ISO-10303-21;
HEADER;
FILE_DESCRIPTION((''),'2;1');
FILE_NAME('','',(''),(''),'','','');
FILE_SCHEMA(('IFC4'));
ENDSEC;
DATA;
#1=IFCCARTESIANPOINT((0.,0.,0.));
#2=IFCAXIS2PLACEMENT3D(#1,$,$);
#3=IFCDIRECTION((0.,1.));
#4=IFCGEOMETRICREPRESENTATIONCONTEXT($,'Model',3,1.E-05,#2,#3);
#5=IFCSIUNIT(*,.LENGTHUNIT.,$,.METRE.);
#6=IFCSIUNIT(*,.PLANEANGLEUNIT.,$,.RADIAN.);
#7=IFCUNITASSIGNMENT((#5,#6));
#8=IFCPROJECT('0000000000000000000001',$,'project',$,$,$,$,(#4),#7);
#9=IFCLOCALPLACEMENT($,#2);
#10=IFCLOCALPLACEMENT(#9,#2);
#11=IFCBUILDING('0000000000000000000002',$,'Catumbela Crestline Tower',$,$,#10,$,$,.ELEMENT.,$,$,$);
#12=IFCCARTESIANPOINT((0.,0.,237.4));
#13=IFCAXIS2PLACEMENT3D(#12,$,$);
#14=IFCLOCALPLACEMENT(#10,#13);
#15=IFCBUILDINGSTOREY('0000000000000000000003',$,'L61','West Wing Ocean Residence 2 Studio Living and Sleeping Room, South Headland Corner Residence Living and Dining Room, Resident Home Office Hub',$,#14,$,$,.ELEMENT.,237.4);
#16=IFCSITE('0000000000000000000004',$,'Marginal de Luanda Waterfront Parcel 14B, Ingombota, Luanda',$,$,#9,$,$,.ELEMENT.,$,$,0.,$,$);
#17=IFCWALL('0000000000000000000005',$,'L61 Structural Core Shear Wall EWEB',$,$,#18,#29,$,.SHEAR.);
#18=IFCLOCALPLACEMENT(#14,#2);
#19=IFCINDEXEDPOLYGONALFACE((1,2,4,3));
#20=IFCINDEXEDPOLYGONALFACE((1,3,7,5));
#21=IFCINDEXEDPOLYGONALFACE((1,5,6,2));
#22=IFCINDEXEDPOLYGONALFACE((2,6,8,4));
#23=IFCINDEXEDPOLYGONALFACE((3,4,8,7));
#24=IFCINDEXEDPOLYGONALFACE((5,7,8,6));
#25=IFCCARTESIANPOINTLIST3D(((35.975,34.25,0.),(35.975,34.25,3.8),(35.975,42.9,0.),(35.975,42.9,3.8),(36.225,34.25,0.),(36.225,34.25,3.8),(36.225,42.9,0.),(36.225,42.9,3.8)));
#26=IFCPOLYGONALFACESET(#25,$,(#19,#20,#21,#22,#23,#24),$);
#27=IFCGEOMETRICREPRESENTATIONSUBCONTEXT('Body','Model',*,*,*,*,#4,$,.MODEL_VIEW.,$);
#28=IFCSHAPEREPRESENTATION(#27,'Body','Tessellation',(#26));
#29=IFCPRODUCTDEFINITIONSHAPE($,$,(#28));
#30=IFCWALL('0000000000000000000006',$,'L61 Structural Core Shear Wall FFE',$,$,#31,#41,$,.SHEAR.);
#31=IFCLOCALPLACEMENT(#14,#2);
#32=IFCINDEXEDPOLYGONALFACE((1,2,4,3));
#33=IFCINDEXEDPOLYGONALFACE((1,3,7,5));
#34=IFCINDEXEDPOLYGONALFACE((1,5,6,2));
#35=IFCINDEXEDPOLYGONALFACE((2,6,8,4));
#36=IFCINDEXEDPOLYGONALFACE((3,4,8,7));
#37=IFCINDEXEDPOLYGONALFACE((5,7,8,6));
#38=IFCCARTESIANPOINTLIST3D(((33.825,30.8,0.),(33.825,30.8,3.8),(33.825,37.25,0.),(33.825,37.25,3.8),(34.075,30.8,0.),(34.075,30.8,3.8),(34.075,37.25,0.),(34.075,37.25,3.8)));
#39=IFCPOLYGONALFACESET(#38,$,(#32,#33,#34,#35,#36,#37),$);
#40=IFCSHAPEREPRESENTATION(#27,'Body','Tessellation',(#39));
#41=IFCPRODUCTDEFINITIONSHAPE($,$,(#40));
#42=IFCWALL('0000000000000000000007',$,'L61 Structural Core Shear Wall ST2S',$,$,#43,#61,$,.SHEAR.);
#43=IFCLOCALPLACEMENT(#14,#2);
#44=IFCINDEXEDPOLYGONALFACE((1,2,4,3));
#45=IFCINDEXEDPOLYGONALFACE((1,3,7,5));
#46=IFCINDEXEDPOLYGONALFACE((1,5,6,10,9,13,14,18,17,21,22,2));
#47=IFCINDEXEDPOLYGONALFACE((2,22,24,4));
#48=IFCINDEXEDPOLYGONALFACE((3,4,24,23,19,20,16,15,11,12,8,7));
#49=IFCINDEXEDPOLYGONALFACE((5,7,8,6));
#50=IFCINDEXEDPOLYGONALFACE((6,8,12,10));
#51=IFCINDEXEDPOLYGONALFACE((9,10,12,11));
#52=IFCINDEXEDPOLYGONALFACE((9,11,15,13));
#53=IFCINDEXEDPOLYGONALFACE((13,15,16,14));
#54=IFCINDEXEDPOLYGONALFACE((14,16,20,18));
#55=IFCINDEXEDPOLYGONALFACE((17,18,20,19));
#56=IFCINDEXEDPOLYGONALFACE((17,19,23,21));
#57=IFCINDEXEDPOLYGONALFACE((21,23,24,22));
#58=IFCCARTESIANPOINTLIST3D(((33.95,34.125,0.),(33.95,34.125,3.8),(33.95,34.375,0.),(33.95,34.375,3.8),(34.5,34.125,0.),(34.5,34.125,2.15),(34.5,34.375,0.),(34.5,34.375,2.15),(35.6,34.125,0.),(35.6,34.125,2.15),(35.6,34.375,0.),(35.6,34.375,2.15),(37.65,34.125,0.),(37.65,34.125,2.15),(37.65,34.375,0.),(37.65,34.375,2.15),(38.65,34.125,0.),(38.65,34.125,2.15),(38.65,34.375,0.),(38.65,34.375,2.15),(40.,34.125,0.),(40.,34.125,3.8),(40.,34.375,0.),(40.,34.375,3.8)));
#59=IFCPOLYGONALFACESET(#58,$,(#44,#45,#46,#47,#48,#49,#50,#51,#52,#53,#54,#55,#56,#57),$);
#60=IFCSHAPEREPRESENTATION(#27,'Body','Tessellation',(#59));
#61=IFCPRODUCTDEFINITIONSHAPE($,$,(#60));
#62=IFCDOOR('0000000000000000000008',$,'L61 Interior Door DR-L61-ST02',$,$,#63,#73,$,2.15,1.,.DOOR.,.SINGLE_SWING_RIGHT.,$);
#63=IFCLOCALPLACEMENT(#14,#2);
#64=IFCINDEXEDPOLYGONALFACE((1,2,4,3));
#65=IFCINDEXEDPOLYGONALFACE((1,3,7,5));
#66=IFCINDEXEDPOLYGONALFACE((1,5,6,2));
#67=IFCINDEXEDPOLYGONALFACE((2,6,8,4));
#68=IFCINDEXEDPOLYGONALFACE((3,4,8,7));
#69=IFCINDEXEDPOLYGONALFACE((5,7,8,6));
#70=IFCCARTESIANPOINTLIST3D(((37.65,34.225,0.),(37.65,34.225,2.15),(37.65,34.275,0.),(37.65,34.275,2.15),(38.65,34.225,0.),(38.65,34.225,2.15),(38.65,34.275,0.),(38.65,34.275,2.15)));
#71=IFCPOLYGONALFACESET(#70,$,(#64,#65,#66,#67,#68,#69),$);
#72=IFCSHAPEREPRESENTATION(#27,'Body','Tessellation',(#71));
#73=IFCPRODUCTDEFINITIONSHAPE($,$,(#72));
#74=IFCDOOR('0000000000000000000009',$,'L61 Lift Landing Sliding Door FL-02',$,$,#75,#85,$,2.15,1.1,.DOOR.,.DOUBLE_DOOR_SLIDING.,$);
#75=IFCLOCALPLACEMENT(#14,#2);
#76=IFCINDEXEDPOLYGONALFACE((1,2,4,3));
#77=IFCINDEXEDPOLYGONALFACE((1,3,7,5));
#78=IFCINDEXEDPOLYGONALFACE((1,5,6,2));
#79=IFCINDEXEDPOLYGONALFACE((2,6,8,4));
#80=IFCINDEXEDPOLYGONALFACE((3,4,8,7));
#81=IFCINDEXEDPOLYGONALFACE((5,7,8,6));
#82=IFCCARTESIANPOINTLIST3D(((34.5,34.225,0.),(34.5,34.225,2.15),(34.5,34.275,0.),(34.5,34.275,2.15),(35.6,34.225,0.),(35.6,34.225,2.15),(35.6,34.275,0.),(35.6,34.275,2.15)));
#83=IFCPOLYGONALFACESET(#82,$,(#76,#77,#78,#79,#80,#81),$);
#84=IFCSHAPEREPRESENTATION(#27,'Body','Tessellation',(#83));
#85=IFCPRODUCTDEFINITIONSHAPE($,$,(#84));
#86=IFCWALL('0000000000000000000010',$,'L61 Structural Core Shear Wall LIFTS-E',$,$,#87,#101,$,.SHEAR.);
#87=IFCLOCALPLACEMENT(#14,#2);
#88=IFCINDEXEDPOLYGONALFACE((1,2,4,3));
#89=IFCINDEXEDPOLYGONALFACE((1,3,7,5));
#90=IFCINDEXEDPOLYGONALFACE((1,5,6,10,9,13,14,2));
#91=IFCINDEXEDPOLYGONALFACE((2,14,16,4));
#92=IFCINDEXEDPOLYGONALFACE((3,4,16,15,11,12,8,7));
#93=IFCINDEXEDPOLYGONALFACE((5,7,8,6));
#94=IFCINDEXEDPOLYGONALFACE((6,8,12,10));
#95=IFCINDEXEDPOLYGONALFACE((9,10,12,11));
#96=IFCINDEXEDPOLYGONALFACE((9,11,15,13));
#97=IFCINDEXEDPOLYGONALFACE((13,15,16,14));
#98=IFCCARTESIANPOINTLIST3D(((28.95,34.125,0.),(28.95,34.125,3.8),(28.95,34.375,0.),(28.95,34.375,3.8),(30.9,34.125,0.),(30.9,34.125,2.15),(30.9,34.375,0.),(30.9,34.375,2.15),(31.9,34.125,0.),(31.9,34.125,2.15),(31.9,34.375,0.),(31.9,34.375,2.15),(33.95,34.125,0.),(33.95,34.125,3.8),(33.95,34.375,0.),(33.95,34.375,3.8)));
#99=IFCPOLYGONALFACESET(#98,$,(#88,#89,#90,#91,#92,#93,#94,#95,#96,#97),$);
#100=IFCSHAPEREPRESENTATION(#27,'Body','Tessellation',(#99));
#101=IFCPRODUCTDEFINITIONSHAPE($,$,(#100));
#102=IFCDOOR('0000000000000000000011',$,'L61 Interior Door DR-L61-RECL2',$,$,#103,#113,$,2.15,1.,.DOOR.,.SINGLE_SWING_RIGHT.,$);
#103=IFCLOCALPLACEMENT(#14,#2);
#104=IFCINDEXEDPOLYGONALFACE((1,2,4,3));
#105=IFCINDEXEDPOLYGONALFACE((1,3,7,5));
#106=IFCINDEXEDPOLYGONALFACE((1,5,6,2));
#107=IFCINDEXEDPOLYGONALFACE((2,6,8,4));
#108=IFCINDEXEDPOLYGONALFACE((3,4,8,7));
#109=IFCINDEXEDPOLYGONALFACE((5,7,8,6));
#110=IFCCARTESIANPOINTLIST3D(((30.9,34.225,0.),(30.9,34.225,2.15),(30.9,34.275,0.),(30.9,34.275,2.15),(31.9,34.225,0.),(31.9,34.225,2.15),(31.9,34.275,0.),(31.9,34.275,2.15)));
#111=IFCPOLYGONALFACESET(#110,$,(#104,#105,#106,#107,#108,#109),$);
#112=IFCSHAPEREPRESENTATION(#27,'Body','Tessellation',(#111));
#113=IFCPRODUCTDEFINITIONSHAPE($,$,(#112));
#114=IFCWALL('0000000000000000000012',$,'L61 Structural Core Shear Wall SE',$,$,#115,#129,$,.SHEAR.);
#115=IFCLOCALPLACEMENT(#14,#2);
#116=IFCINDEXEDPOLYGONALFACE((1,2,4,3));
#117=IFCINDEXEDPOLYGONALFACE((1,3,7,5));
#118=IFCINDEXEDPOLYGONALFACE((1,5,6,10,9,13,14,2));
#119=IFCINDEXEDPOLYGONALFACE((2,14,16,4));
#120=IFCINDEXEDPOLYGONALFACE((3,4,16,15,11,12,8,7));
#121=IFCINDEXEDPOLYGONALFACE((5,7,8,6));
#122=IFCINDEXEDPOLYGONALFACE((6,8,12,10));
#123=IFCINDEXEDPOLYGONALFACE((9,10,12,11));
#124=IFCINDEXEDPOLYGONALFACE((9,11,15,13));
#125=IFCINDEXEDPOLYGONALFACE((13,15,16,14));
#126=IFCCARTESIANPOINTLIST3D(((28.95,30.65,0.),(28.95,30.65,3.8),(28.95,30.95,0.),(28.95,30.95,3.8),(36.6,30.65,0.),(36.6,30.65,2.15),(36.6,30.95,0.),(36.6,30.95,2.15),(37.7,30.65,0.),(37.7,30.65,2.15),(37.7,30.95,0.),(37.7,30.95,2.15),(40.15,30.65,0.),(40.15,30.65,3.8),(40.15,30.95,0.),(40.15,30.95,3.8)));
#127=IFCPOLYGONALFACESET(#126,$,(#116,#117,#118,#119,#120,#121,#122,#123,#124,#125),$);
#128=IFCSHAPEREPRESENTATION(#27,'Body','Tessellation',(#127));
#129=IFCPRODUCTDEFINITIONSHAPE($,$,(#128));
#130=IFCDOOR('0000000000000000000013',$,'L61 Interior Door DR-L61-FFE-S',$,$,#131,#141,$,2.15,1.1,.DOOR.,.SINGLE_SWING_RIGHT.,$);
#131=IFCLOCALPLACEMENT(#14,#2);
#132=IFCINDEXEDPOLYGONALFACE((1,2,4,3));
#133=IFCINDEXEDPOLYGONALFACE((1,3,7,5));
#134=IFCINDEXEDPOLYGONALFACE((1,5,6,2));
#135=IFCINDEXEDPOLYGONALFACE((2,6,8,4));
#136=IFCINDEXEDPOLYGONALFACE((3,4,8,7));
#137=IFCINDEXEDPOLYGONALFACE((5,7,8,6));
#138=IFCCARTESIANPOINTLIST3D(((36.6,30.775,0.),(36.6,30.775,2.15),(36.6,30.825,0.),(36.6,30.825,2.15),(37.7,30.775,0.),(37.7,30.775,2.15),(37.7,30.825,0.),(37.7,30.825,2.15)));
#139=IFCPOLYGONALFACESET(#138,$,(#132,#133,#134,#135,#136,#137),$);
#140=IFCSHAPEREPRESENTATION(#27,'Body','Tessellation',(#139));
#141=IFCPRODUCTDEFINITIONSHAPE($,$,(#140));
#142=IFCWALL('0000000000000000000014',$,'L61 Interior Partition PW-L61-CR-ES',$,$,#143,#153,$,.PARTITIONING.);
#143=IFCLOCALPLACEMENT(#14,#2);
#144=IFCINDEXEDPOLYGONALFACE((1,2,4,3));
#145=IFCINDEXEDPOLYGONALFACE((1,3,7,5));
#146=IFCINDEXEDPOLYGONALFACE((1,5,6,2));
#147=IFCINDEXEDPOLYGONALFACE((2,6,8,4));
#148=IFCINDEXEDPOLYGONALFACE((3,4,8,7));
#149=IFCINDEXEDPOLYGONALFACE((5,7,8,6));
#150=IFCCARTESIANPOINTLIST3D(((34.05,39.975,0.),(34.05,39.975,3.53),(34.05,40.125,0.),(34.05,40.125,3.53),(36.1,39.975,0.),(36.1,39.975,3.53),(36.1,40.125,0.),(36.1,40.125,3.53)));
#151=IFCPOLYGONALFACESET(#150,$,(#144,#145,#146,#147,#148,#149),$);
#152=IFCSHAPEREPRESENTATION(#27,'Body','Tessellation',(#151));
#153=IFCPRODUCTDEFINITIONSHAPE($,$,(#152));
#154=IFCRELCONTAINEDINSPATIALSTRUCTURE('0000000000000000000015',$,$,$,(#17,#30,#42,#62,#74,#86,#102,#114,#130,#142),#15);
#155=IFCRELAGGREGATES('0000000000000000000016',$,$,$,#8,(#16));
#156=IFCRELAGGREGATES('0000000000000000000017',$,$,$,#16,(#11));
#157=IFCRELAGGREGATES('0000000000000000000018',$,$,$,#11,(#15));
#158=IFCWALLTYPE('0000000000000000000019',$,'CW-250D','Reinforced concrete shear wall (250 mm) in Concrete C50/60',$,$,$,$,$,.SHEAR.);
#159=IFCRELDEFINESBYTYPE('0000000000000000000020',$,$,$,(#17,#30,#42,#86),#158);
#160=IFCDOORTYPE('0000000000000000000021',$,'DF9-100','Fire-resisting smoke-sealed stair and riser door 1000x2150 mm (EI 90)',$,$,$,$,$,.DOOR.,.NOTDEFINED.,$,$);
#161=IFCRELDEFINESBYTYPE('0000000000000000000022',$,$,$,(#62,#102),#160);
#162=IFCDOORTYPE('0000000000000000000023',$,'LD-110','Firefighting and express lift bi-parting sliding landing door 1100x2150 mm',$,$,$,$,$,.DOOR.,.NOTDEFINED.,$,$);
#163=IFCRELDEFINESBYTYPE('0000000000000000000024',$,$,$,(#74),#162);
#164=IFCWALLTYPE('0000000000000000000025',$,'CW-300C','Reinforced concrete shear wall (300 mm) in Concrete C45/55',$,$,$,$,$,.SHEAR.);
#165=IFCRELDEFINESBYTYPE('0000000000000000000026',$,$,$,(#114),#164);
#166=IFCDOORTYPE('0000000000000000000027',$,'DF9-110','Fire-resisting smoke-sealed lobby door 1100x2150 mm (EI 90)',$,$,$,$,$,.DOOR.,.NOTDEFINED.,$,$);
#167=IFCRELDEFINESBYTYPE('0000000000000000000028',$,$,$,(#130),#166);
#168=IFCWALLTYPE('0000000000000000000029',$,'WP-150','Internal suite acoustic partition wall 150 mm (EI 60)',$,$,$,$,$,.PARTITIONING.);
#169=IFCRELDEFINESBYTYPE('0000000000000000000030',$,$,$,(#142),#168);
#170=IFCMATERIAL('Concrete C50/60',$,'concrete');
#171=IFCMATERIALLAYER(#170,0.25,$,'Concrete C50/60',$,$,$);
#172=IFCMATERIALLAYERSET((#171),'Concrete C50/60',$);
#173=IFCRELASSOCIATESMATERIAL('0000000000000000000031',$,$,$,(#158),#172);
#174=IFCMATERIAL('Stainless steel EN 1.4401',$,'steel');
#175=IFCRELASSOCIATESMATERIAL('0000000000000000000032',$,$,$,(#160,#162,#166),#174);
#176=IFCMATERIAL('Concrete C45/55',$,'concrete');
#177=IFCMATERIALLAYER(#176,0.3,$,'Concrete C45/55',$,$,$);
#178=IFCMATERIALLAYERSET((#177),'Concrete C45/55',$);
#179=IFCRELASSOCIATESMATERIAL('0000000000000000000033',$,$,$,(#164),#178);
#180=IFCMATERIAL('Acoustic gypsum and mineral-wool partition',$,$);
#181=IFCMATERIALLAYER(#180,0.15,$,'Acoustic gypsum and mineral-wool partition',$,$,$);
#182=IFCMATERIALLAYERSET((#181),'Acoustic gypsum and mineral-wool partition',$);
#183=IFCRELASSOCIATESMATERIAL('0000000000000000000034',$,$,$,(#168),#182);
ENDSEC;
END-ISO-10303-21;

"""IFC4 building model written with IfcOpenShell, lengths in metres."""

from ifc_helpers import new_model, si_unit, direction, frame, frame_2d, origin, place, context, subcontext, project, spatial, rectangle, extrude, material, layer, layer_set, type_object, element, fill, save


model = new_model("IFC4")

# Units and contexts
model_context = context("Model", 3, precision=1e-05, world=origin(), true_north=direction((0.0, 1.0)))
body_context = subcontext(model_context, "Body", "Model", "MODEL_VIEW")
ifc_project = project(units=[si_unit("LENGTHUNIT", "METRE"), si_unit("PLANEANGLEUNIT", "RADIAN")], contexts=[model_context])

# Site, building, storey
site_placement = place(None, origin())
site = spatial("IfcSite", under=ifc_project, at=site_placement, Name="Marginal de Luanda Waterfront Parcel 14B, Ingombota, Luanda", CompositionType="ELEMENT", RefElevation=0.0)
building_placement = place(site_placement, origin())
building = spatial("IfcBuilding", under=site, at=building_placement, Name="Catumbela Crestline Tower", CompositionType="ELEMENT")
storey_placement = place(building_placement, frame((0.0, 0.0, 237.4)))
storey = spatial("IfcBuildingStorey", under=building, at=storey_placement, Name="L61", Description="West Wing Ocean Residence 2 Studio Living and Sleeping Room, South Headland Corner Residence Living and Dining Room, Resident Home Office Hub", CompositionType="ELEMENT", Elevation=237.4)

# Walls
ifc_material_1 = material(Name="Concrete C50/60", Category="concrete")
ifc_layer_1 = layer(ifc_material_1, 0.25, Name="Concrete C50/60")
ifc_layer_set_1 = layer_set([ifc_layer_1], Name="Concrete C50/60")
wall_type_1 = type_object("IfcWallType", Name="CW-250D", Description="Reinforced concrete shear wall (250 mm) in Concrete C50/60", PredefinedType="SHEAR", material=ifc_layer_set_1)
wall_1_placement = place(storey_placement, frame((36.1, 34.25, 0.0), z_axis=(0.0, 0.0, 1.0), x_axis=(0.0, 1.0, 0.0)))
element("IfcWall", 1, at=wall_1_placement, inside=storey, type_object=wall_type_1, Name="L61 Structural Core Shear Wall EWEB", PredefinedType="SHEAR", context=body_context, shape_type="SweptSolid", body=[
    extrude(rectangle(XDim=8.65, YDim=0.25, at=frame_2d((4.325, 0.0))), origin(), (0.0, 0.0, 1.0), 3.8),
])
wall_2_placement = place(storey_placement, frame((33.95, 30.8, 0.0), z_axis=(0.0, 0.0, 1.0), x_axis=(0.0, 1.0, 0.0)))
element("IfcWall", 2, at=wall_2_placement, inside=storey, type_object=wall_type_1, Name="L61 Structural Core Shear Wall FFE", PredefinedType="SHEAR", context=body_context, shape_type="SweptSolid", body=[
    extrude(rectangle(XDim=6.45, YDim=0.25, at=frame_2d((3.225, 0.0))), origin(), (0.0, 0.0, 1.0), 3.8),
])

# Wall, openings, doors
wall_3_placement = place(storey_placement, frame((33.95, 34.25, 0.0), z_axis=(0.0, 0.0, 1.0), x_axis=(1.0, 0.0, 0.0)))
wall_3 = element("IfcWall", 3, at=wall_3_placement, inside=storey, type_object=wall_type_1, Name="L61 Structural Core Shear Wall ST2S", PredefinedType="SHEAR", context=body_context, shape_type="SweptSolid", body=[
    extrude(rectangle(XDim=6.05, YDim=0.25, at=frame_2d((3.025, 0.0))), origin(), (0.0, 0.0, 1.0), 3.8),
])
opening_1_placement = place(wall_3_placement, frame((3.7, 0.0, 0.0)))
opening_1 = element("IfcOpeningElement", 4, at=opening_1_placement, cuts=wall_3, PredefinedType="OPENING", context=body_context, shape_type="SweptSolid", body=[
    extrude(rectangle(XDim=1.0, YDim=2.15, at=frame_2d((0.5, 1.075))), frame((0.0, 0.135, 0.0), z_axis=(0.0, -1.0, 0.0), x_axis=(1.0, 0.0, 0.0)), (0.0, 0.0, 1.0), 0.27),
])
opening_2_placement = place(wall_3_placement, frame((0.55, 0.0, 0.0)))
opening_2 = element("IfcOpeningElement", 5, at=opening_2_placement, cuts=wall_3, PredefinedType="OPENING", context=body_context, shape_type="SweptSolid", body=[
    extrude(rectangle(XDim=1.1, YDim=2.15, at=frame_2d((0.55, 1.075))), frame((0.0, 0.135, 0.0), z_axis=(0.0, -1.0, 0.0), x_axis=(1.0, 0.0, 0.0)), (0.0, 0.0, 1.0), 0.27),
])
ifc_material_2 = material(Name="Stainless steel EN 1.4401", Category="steel")
door_type_1 = type_object("IfcDoorType", Name="DF9-100", Description="Fire-resisting smoke-sealed stair and riser door 1000x2150 mm (EI 90)", OperationType="NOTDEFINED", PredefinedType="DOOR", material=ifc_material_2)
door_1_placement = place(opening_1_placement, origin())
door_1 = element("IfcDoor", 6, at=door_1_placement, inside=storey, type_object=door_type_1, Name="L61 Interior Door DR-L61-ST02", OperationType="SINGLE_SWING_RIGHT", OverallHeight=2.15, OverallWidth=1.0, PredefinedType="DOOR", context=body_context, shape_type="SweptSolid", body=[
    extrude(rectangle(XDim=1.0, YDim=2.15, at=frame_2d((0.5, 1.075))), frame((0.0, 0.025, 0.0), z_axis=(0.0, -1.0, 0.0), x_axis=(1.0, 0.0, 0.0)), (0.0, 0.0, 1.0), 0.05),
])
fill(opening_1, door_1)
door_type_2 = type_object("IfcDoorType", Name="LD-110", Description="Firefighting and express lift bi-parting sliding landing door 1100x2150 mm", OperationType="NOTDEFINED", PredefinedType="DOOR", material=ifc_material_2)
door_2_placement = place(opening_2_placement, origin())
door_2 = element("IfcDoor", 7, at=door_2_placement, inside=storey, type_object=door_type_2, Name="L61 Lift Landing Sliding Door FL-02", OperationType="DOUBLE_DOOR_SLIDING", OverallHeight=2.15, OverallWidth=1.1, PredefinedType="DOOR", context=body_context, shape_type="SweptSolid", body=[
    extrude(rectangle(XDim=1.1, YDim=2.15, at=frame_2d((0.55, 1.075))), frame((0.0, 0.025, 0.0), z_axis=(0.0, -1.0, 0.0), x_axis=(1.0, 0.0, 0.0)), (0.0, 0.0, 1.0), 0.05),
])
fill(opening_2, door_2)

# Walls, openings, doors
wall_4_placement = place(storey_placement, frame((28.95, 34.25, 0.0), z_axis=(0.0, 0.0, 1.0), x_axis=(1.0, 0.0, 0.0)))
wall_4 = element("IfcWall", 8, at=wall_4_placement, inside=storey, type_object=wall_type_1, Name="L61 Structural Core Shear Wall LIFTS-E", PredefinedType="SHEAR", context=body_context, shape_type="SweptSolid", body=[
    extrude(rectangle(XDim=5.0, YDim=0.25, at=frame_2d((2.5, 0.0))), origin(), (0.0, 0.0, 1.0), 3.8),
])
opening_3_placement = place(wall_4_placement, frame((1.95, 0.0, 0.0)))
opening_3 = element("IfcOpeningElement", 9, at=opening_3_placement, cuts=wall_4, PredefinedType="OPENING", context=body_context, shape_type="SweptSolid", body=[
    extrude(rectangle(XDim=1.0, YDim=2.15, at=frame_2d((0.5, 1.075))), frame((0.0, 0.135, 0.0), z_axis=(0.0, -1.0, 0.0), x_axis=(1.0, 0.0, 0.0)), (0.0, 0.0, 1.0), 0.27),
])
door_3_placement = place(opening_3_placement, origin())
door_3 = element("IfcDoor", 10, at=door_3_placement, inside=storey, type_object=door_type_1, Name="L61 Interior Door DR-L61-RECL2", OperationType="SINGLE_SWING_RIGHT", OverallHeight=2.15, OverallWidth=1.0, PredefinedType="DOOR", context=body_context, shape_type="SweptSolid", body=[
    extrude(rectangle(XDim=1.0, YDim=2.15, at=frame_2d((0.5, 1.075))), frame((0.0, 0.025, 0.0), z_axis=(0.0, -1.0, 0.0), x_axis=(1.0, 0.0, 0.0)), (0.0, 0.0, 1.0), 0.05),
])
fill(opening_3, door_3)
ifc_material_3 = material(Name="Concrete C45/55", Category="concrete")
ifc_layer_2 = layer(ifc_material_3, 0.3, Name="Concrete C45/55")
ifc_layer_set_2 = layer_set([ifc_layer_2], Name="Concrete C45/55")
wall_type_2 = type_object("IfcWallType", Name="CW-300C", Description="Reinforced concrete shear wall (300 mm) in Concrete C45/55", PredefinedType="SHEAR", material=ifc_layer_set_2)
wall_5_placement = place(storey_placement, frame((28.95, 30.8, 0.0), z_axis=(0.0, 0.0, 1.0), x_axis=(1.0, 0.0, 0.0)))
wall_5 = element("IfcWall", 11, at=wall_5_placement, inside=storey, type_object=wall_type_2, Name="L61 Structural Core Shear Wall SE", PredefinedType="SHEAR", context=body_context, shape_type="SweptSolid", body=[
    extrude(rectangle(XDim=11.2, YDim=0.3, at=frame_2d((5.6, 0.0))), origin(), (0.0, 0.0, 1.0), 3.8),
])
opening_4_placement = place(wall_5_placement, frame((7.65, 0.0, 0.0)))
opening_4 = element("IfcOpeningElement", 12, at=opening_4_placement, cuts=wall_5, PredefinedType="OPENING", context=body_context, shape_type="SweptSolid", body=[
    extrude(rectangle(XDim=1.1, YDim=2.15, at=frame_2d((0.55, 1.075))), frame((0.0, 0.16, 0.0), z_axis=(0.0, -1.0, 0.0), x_axis=(1.0, 0.0, 0.0)), (0.0, 0.0, 1.0), 0.32),
])
door_type_3 = type_object("IfcDoorType", Name="DF9-110", Description="Fire-resisting smoke-sealed lobby door 1100x2150 mm (EI 90)", OperationType="NOTDEFINED", PredefinedType="DOOR", material=ifc_material_2)
door_4_placement = place(opening_4_placement, origin())
door_4 = element("IfcDoor", 13, at=door_4_placement, inside=storey, type_object=door_type_3, Name="L61 Interior Door DR-L61-FFE-S", OperationType="SINGLE_SWING_RIGHT", OverallHeight=2.15, OverallWidth=1.1, PredefinedType="DOOR", context=body_context, shape_type="SweptSolid", body=[
    extrude(rectangle(XDim=1.1, YDim=2.15, at=frame_2d((0.55, 1.075))), frame((0.0, 0.025, 0.0), z_axis=(0.0, -1.0, 0.0), x_axis=(1.0, 0.0, 0.0)), (0.0, 0.0, 1.0), 0.05),
])
fill(opening_4, door_4)

# Wall
ifc_material_4 = material(Name="Acoustic gypsum and mineral-wool partition")
ifc_layer_3 = layer(ifc_material_4, 0.15, Name="Acoustic gypsum and mineral-wool partition")
ifc_layer_set_3 = layer_set([ifc_layer_3], Name="Acoustic gypsum and mineral-wool partition")
wall_type_3 = type_object("IfcWallType", Name="WP-150", Description="Internal suite acoustic partition wall 150 mm (EI 60)", PredefinedType="PARTITIONING", material=ifc_layer_set_3)
wall_6_placement = place(storey_placement, frame((34.05, 40.05, 0.0), z_axis=(0.0, 0.0, 1.0), x_axis=(1.0, 0.0, 0.0)))
element("IfcWall", 14, at=wall_6_placement, inside=storey, type_object=wall_type_3, Name="L61 Interior Partition PW-L61-CR-ES", PredefinedType="PARTITIONING", context=body_context, shape_type="SweptSolid", body=[
    extrude(rectangle(XDim=2.05, YDim=0.15, at=frame_2d((1.025, 0.0))), origin(), (0.0, 0.0, 1.0), 3.53),
])

save(model, "model.ifc")
